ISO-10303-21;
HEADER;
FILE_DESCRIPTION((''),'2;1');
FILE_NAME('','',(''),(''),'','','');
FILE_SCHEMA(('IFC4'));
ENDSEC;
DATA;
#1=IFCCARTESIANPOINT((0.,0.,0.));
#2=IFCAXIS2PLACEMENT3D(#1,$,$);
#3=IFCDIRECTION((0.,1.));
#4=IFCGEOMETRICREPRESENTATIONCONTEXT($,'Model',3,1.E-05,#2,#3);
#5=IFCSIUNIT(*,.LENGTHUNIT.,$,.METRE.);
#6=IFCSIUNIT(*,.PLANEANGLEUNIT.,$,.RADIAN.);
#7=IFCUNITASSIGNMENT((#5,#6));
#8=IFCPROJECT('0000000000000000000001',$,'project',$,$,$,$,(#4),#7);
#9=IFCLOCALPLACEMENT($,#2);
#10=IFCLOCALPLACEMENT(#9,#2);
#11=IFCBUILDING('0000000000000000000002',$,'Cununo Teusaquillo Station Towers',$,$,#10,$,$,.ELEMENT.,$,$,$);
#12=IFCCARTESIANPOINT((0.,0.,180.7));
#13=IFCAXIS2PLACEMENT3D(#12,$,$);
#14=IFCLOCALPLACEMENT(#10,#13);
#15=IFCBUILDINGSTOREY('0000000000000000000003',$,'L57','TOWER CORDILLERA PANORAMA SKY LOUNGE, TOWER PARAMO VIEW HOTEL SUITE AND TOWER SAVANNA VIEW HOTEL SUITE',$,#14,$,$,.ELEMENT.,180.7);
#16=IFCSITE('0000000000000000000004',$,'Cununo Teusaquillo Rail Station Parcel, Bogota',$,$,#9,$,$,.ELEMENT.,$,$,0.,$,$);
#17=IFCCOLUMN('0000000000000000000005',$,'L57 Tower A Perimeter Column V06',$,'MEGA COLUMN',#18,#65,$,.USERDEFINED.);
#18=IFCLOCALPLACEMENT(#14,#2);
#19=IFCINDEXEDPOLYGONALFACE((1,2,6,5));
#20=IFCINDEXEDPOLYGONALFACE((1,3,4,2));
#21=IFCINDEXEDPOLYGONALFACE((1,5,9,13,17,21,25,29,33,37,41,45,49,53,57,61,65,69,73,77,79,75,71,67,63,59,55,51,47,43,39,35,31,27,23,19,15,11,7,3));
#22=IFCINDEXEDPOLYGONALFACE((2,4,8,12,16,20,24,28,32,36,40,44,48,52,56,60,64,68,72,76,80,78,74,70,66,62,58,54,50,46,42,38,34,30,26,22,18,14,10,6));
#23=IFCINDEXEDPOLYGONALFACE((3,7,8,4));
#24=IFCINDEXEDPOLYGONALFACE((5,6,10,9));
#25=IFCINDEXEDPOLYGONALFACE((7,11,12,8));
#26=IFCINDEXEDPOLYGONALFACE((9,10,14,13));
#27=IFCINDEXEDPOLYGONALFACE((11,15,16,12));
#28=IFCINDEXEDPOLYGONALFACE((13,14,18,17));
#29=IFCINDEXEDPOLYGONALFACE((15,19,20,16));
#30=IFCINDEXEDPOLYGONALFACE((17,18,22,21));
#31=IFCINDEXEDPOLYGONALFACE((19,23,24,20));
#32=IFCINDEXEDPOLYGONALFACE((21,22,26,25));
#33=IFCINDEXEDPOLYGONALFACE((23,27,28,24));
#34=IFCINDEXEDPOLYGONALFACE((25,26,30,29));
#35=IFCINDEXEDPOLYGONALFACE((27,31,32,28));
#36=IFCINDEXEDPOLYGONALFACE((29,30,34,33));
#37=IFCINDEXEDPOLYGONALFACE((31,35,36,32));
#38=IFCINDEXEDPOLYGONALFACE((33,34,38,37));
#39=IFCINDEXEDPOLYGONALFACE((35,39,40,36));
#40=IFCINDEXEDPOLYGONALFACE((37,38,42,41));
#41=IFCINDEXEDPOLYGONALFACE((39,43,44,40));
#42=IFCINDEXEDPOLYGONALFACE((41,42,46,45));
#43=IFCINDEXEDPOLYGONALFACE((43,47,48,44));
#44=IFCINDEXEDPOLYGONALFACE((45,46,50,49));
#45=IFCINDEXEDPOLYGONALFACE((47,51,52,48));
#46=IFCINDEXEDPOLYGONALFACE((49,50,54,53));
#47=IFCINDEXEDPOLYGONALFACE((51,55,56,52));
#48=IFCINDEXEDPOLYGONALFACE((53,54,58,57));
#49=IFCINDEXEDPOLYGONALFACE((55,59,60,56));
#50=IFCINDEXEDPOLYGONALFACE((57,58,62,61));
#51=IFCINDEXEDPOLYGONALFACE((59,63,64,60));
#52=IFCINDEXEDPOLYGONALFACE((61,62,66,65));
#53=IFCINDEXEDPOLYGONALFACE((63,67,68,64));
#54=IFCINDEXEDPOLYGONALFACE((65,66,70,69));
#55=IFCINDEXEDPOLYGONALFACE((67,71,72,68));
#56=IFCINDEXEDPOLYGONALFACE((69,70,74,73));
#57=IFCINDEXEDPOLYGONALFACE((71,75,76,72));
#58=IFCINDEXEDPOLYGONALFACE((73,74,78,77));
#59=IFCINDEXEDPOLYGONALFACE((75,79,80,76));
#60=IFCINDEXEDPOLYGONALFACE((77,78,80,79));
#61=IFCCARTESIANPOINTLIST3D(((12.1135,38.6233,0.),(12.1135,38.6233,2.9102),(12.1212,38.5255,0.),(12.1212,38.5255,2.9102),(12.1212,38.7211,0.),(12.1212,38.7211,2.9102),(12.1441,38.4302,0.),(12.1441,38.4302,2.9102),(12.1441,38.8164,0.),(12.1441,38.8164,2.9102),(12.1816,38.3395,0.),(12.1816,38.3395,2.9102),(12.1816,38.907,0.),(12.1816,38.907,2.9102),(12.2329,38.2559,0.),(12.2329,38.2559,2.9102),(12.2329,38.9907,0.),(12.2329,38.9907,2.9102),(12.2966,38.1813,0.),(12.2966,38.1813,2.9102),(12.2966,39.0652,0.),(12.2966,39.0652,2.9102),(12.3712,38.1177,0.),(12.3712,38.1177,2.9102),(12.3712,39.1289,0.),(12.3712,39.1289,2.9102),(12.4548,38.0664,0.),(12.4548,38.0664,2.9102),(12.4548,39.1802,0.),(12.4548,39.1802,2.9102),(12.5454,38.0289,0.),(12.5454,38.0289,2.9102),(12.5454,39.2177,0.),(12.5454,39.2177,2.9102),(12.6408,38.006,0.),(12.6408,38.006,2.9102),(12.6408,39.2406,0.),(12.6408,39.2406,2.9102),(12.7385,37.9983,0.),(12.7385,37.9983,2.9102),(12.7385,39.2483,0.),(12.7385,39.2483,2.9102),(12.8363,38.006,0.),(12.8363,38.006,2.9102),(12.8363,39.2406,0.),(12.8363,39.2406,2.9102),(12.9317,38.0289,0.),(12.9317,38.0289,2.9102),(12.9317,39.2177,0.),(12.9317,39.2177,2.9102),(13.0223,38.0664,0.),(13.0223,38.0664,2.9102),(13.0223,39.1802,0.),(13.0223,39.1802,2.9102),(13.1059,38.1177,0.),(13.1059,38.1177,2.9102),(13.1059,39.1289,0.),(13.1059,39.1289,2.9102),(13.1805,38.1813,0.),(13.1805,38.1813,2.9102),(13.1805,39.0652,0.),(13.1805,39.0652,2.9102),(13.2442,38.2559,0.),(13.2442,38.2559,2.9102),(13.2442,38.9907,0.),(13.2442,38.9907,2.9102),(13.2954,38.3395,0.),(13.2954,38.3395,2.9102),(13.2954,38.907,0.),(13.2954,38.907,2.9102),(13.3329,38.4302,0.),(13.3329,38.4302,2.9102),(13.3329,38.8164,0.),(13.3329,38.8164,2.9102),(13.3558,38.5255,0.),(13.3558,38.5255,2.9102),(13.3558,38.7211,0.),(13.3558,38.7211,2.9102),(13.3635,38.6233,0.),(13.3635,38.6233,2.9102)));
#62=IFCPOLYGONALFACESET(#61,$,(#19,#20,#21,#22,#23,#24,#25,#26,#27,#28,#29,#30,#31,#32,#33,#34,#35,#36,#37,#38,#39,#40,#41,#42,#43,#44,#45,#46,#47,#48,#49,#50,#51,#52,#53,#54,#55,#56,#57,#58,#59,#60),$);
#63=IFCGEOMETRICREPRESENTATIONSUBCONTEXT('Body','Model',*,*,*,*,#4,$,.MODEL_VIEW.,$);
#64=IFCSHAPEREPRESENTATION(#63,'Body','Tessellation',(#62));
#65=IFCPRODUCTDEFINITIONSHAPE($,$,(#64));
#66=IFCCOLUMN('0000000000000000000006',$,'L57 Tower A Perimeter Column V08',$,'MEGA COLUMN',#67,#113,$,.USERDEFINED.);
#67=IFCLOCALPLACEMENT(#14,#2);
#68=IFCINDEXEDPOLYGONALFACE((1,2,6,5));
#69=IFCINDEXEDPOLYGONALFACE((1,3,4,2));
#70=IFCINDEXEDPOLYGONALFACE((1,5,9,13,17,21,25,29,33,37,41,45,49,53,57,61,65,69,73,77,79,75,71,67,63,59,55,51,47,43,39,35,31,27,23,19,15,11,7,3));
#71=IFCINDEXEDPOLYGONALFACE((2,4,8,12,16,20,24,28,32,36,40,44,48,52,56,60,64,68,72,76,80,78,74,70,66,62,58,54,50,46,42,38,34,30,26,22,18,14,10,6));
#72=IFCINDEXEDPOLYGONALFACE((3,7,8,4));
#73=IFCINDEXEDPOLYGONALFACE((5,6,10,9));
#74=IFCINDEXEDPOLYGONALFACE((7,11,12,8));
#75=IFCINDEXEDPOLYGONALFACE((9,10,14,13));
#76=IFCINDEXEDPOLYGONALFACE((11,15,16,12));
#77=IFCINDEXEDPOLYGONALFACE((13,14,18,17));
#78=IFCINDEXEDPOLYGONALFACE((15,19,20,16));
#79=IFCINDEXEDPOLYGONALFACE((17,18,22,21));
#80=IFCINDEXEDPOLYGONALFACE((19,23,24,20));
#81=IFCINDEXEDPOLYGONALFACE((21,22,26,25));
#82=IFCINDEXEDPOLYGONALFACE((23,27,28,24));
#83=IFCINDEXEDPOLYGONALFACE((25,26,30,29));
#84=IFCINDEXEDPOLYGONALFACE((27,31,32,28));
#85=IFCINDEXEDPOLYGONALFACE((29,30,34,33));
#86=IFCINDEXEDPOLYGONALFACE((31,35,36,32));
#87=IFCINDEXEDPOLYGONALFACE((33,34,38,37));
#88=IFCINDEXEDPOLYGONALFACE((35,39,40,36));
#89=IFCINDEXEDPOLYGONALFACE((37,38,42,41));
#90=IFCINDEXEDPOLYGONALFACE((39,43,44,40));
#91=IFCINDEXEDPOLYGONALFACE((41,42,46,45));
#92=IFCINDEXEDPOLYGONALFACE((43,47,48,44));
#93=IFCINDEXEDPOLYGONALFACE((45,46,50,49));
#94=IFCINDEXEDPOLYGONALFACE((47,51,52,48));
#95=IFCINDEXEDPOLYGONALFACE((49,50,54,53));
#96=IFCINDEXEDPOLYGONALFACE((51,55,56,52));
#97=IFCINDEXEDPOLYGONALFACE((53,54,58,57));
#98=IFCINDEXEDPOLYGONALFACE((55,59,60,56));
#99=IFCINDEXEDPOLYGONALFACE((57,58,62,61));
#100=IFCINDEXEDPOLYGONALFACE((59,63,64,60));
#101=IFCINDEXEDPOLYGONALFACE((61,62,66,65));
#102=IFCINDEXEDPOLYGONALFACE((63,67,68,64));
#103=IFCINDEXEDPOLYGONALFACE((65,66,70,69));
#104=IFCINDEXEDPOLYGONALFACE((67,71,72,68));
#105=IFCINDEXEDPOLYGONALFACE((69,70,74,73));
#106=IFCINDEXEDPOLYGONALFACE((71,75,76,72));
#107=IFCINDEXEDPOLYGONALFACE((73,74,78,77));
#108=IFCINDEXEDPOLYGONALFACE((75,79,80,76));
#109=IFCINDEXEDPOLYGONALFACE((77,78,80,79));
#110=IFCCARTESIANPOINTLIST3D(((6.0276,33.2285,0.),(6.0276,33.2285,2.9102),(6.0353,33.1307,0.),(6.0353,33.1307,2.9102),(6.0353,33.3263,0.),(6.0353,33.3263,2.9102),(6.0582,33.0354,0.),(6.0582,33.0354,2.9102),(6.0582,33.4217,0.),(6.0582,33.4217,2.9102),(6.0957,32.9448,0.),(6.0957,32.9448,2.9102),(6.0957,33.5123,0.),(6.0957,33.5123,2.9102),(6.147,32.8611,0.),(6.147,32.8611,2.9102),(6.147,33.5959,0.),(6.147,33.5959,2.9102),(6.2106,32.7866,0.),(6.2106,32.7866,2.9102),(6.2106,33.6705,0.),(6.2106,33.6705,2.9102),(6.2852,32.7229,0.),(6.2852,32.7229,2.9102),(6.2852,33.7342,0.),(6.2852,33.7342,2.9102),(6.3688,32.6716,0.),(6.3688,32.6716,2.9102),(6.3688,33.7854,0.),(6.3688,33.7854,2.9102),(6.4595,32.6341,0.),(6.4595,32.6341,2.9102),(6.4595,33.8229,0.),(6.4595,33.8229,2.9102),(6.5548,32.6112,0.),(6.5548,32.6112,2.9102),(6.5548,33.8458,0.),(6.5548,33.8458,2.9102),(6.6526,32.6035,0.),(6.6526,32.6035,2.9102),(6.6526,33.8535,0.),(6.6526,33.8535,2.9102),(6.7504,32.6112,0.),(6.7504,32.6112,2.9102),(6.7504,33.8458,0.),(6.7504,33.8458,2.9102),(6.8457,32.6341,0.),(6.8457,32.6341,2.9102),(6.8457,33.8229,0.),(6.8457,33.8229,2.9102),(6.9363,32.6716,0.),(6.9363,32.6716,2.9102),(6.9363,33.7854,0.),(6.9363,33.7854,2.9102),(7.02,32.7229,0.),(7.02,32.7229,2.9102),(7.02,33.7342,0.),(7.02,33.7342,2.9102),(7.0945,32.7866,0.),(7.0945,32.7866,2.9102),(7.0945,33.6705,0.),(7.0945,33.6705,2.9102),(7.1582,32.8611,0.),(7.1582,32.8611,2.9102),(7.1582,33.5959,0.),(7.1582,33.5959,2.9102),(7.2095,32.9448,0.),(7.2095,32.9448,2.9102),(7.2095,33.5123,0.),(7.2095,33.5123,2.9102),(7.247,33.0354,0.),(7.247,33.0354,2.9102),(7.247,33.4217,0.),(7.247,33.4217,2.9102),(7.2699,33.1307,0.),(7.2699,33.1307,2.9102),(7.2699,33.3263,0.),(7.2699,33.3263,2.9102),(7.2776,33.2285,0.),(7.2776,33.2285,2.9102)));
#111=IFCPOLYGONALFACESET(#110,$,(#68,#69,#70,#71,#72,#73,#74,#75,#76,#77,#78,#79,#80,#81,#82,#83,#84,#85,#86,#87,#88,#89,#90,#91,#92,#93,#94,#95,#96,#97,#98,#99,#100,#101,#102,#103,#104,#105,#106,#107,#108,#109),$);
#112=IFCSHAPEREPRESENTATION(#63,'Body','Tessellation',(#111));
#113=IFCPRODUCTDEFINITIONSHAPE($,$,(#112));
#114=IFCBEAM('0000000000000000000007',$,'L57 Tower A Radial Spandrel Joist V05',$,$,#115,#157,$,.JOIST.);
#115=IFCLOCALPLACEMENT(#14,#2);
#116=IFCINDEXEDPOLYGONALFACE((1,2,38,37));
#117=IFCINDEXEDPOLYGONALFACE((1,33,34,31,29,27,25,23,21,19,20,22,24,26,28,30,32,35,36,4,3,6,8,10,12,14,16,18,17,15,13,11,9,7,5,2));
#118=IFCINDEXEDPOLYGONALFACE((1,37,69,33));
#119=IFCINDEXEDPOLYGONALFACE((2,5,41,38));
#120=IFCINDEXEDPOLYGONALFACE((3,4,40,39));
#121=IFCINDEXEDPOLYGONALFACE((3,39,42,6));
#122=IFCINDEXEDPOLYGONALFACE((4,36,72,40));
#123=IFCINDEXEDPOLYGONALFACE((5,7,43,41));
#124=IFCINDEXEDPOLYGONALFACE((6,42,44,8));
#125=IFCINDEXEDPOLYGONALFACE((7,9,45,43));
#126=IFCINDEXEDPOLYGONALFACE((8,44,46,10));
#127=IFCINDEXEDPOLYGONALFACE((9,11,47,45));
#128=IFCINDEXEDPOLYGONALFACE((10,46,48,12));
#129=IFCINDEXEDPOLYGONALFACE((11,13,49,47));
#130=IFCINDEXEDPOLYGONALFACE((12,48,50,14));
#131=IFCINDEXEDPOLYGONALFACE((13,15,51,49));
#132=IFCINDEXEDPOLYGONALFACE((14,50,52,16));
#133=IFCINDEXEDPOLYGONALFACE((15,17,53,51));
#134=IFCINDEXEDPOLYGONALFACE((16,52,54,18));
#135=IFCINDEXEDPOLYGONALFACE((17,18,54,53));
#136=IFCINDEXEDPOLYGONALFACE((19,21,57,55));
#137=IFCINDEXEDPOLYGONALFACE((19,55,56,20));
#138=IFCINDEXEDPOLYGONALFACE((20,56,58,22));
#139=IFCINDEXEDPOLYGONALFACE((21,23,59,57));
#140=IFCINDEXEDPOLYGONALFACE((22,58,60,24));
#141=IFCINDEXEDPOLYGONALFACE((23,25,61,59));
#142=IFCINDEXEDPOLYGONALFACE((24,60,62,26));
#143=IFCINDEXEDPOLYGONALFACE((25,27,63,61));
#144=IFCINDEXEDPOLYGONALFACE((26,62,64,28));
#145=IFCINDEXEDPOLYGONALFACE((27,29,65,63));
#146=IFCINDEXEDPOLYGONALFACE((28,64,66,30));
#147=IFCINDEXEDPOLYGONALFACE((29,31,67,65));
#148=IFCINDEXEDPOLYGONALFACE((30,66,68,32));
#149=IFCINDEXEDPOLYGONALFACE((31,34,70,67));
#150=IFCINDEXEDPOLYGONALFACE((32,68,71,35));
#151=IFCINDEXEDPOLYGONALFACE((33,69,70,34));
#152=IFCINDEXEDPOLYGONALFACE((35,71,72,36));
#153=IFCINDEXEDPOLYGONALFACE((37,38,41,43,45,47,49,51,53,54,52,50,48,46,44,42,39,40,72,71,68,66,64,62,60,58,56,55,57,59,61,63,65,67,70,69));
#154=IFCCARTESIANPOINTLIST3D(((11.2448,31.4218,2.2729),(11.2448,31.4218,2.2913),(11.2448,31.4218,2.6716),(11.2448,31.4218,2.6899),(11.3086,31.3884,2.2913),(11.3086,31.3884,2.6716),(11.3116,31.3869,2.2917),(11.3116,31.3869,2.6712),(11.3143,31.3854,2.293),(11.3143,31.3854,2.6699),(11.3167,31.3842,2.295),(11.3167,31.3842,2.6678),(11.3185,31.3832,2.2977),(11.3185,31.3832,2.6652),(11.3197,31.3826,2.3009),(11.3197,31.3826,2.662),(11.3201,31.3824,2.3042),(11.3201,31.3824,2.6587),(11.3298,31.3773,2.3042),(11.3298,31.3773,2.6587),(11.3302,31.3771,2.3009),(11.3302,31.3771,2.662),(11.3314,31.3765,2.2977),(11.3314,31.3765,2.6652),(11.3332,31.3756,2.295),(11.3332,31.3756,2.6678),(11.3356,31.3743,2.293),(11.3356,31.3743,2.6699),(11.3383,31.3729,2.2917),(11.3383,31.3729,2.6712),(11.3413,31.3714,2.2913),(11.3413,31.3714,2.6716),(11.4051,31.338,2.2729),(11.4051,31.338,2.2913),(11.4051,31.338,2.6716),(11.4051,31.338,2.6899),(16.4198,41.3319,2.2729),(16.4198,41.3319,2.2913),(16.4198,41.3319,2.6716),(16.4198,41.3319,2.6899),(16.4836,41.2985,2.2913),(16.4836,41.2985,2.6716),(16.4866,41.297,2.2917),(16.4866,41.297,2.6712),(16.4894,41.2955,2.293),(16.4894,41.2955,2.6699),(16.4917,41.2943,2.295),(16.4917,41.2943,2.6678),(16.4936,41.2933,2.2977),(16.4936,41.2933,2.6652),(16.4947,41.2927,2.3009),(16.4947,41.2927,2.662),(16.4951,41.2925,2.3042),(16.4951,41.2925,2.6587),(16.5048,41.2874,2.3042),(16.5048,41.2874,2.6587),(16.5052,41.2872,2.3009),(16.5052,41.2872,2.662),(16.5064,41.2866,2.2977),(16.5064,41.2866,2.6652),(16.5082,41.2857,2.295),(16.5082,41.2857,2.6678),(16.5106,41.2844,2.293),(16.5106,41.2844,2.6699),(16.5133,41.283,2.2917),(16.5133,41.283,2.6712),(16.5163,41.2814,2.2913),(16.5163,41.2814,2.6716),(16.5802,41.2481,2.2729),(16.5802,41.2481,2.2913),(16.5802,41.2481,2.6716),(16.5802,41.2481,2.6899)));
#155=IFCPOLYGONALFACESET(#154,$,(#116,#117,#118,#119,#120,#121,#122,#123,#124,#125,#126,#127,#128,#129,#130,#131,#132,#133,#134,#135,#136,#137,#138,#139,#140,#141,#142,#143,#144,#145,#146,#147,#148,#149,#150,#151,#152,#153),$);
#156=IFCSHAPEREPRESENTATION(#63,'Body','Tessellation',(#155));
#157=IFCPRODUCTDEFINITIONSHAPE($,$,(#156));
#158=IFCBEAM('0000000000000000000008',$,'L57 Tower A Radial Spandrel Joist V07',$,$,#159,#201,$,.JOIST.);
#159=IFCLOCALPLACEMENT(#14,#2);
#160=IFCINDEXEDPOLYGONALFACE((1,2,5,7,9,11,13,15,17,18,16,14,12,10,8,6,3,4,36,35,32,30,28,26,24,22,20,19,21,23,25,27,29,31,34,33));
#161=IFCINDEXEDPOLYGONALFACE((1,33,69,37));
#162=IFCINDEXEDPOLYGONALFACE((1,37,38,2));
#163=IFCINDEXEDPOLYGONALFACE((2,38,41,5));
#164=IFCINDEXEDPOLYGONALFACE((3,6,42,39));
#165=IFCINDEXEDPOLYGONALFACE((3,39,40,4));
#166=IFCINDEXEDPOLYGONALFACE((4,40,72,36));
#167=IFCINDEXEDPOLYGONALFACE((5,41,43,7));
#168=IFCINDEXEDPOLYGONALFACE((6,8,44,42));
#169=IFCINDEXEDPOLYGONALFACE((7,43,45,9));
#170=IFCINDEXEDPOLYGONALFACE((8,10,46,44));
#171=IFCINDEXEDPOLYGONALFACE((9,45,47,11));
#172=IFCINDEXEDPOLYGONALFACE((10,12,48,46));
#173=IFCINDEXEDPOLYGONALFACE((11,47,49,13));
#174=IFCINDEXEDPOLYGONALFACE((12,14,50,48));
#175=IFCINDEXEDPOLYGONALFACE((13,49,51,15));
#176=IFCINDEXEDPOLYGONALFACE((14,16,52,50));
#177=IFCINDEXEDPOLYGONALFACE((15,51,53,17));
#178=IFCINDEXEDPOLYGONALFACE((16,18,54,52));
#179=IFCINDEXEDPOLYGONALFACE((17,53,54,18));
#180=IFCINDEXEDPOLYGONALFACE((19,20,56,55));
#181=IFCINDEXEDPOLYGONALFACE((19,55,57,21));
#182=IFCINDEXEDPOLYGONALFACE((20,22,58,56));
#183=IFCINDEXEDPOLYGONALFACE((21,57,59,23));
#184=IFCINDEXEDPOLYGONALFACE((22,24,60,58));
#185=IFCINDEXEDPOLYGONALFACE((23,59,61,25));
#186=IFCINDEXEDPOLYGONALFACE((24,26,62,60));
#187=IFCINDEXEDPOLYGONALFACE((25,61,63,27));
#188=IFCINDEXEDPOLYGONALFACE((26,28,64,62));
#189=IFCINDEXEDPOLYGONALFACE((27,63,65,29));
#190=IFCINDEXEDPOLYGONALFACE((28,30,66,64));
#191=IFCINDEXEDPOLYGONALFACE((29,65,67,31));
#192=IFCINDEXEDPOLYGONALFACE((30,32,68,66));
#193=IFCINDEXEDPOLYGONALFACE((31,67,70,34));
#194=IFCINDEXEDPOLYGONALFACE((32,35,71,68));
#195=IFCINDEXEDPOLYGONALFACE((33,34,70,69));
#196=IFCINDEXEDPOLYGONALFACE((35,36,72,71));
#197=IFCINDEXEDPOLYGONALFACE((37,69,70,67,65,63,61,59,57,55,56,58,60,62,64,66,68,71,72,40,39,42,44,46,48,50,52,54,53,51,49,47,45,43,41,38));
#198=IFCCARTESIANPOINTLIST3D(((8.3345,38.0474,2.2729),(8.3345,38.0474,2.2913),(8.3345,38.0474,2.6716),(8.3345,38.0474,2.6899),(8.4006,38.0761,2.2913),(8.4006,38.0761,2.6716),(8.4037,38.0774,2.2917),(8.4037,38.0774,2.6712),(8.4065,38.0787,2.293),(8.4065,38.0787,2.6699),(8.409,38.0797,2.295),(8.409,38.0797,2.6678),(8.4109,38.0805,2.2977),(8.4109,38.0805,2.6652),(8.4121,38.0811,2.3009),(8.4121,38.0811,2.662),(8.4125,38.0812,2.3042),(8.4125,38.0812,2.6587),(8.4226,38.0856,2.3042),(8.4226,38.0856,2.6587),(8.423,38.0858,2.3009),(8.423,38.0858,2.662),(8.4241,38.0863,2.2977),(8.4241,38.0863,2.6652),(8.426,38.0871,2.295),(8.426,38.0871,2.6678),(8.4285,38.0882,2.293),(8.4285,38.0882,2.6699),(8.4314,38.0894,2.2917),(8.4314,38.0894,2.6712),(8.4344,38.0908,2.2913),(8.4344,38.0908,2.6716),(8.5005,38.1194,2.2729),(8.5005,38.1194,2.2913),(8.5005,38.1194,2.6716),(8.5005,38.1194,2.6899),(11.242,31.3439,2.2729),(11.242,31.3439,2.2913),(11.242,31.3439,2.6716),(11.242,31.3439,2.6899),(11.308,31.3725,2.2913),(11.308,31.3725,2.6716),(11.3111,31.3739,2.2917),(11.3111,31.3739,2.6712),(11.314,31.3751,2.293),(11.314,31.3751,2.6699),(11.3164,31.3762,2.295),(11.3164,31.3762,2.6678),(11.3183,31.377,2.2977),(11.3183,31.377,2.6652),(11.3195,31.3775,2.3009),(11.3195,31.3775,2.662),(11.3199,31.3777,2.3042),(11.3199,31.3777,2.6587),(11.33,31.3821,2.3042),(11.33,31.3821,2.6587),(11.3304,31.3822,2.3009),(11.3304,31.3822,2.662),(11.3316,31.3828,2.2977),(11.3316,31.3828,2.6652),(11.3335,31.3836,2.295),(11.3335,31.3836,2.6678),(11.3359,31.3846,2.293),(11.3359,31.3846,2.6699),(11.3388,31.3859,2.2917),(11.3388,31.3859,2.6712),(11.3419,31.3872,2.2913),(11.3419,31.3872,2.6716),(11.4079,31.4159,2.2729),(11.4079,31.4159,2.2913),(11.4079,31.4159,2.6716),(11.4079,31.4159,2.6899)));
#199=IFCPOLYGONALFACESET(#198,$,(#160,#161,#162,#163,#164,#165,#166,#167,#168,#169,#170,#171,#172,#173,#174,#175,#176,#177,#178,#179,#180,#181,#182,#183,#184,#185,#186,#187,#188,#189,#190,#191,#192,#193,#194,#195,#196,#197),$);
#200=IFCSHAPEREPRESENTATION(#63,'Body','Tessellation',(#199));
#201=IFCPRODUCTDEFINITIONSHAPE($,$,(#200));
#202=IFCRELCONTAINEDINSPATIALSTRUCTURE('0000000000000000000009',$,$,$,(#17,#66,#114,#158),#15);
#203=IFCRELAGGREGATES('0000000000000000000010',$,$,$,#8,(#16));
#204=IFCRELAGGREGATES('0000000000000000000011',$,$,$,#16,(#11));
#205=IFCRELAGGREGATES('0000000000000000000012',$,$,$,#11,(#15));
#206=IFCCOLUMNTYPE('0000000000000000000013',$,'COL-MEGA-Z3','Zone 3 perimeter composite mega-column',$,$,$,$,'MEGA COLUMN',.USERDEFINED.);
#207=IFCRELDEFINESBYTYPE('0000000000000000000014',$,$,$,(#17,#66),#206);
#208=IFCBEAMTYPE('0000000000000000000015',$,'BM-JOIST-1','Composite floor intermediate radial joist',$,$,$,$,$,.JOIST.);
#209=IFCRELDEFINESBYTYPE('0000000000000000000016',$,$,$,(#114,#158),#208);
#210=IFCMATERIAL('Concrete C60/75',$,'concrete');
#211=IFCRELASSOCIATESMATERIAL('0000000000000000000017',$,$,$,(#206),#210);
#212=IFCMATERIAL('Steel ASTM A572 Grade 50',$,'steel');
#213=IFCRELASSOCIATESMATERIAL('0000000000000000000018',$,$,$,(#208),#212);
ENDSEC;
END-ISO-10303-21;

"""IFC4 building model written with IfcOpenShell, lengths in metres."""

from ifc_helpers import new_model, si_unit, direction, frame, origin, origin_2d, place, context, subcontext, project, spatial, circle, i_section, extrude, material, material_profile, profile_set, type_object, element, save


model = new_model("IFC4")

# Units and contexts
model_context = context("Model", 3, precision=1e-05, world=origin(), true_north=direction((0.0, 1.0)))
body_context = subcontext(model_context, "Body", "Model", "MODEL_VIEW")
ifc_project = project(units=[si_unit("LENGTHUNIT", "METRE"), si_unit("PLANEANGLEUNIT", "RADIAN")], contexts=[model_context])

# Site, building, storey
site_placement = place(None, origin())
site = spatial("IfcSite", under=ifc_project, at=site_placement, Name="Cununo Teusaquillo Rail Station Parcel, Bogota", CompositionType="ELEMENT", RefElevation=0.0)
building_placement = place(site_placement, origin())
building = spatial("IfcBuilding", under=site, at=building_placement, Name="Cununo Teusaquillo Station Towers", CompositionType="ELEMENT")
storey_placement = place(building_placement, frame((0.0, 0.0, 180.7)))
storey = spatial("IfcBuildingStorey", under=building, at=storey_placement, Name="L57", Description="TOWER CORDILLERA PANORAMA SKY LOUNGE, TOWER PARAMO VIEW HOTEL SUITE AND TOWER SAVANNA VIEW HOTEL SUITE", CompositionType="ELEMENT", Elevation=180.7)

# Columns
ifc_material_1 = material(Name="Concrete C60/75", Category="concrete")
ifc_material_profile_1 = material_profile(ifc_material_1, circle(Radius=0.625, at=origin_2d()), Name="RC-CIRC-1250")
ifc_profile_set_1 = profile_set([ifc_material_profile_1], Name="Concrete C60/75")
column_type = type_object("IfcColumnType", Name="COL-MEGA-Z3", Description="Zone 3 perimeter composite mega-column", ElementType="MEGA COLUMN", PredefinedType="USERDEFINED", material=ifc_profile_set_1)
for number, where, z_axis, x_axis, name in (
    (1, (12.7385, 38.6233, 0.0), (0.0, 0.0, 1.0), (1.0, 0.0, 0.0), "L57 Tower A Perimeter Column V06"),
    (2, (6.6526, 33.2285, 0.0), (0.0, 0.0, 1.0), (1.0, 0.0, 0.0), "L57 Tower A Perimeter Column V08"),
):
    element("IfcColumn", number, at=place(storey_placement, frame(where, z_axis=z_axis, x_axis=x_axis)), inside=storey, type_object=column_type, Name=name, ObjectType="MEGA COLUMN", PredefinedType="USERDEFINED", context=body_context, shape_type="SweptSolid", body=[
        extrude(circle(Radius=0.625, at=origin_2d()), origin(), (0.0, 0.0, 1.0), 2.9102),
    ])

# Beams
ifc_material_2 = material(Name="Steel ASTM A572 Grade 50", Category="steel")
ifc_material_profile_2 = material_profile(ifc_material_2, i_section(OverallWidth=0.1809, OverallDepth=0.417, WebThickness=0.011, FlangeThickness=0.0183, FilletRadius=0.0129, at=origin_2d()), Name="W16X57")
ifc_profile_set_2 = profile_set([ifc_material_profile_2], Name="Steel ASTM A572 Grade 50")
beam_type_1 = type_object("IfcBeamType", Name="BM-JOIST-1", Description="Composite floor intermediate radial joist", PredefinedType="JOIST", material=ifc_profile_set_2)
beam_1_placement = place(storey_placement, frame((11.325, 31.3799, 2.4814), z_axis=(0.462885, 0.886419, 0.0), x_axis=(-0.886419, 0.462885, 0.0)))
element("IfcBeam", 3, at=beam_1_placement, inside=storey, type_object=beam_type_1, Name="L57 Tower A Radial Spandrel Joist V05", PredefinedType="JOIST", context=body_context, shape_type="SweptSolid", body=[
    extrude(i_section(OverallWidth=0.1809, OverallDepth=0.417, WebThickness=0.011, FlangeThickness=0.0183, FilletRadius=0.0129, at=origin_2d()), origin(), (0.0, 0.0, 1.0), 11.1799),
])
beam_2_placement = place(storey_placement, frame((11.325, 31.3799, 2.4814), z_axis=(-0.397904, 0.917427, 0.0), x_axis=(-0.917427, -0.397904, 0.0)))
element("IfcBeam", 4, at=beam_2_placement, inside=storey, type_object=beam_type_1, Name="L57 Tower A Radial Spandrel Joist V07", PredefinedType="JOIST", context=body_context, shape_type="SweptSolid", body=[
    extrude(i_section(OverallWidth=0.1809, OverallDepth=0.417, WebThickness=0.011, FlangeThickness=0.0183, FilletRadius=0.0129, at=origin_2d()), origin(), (0.0, 0.0, 1.0), 7.3069),
])

save(model, "model.ifc")
